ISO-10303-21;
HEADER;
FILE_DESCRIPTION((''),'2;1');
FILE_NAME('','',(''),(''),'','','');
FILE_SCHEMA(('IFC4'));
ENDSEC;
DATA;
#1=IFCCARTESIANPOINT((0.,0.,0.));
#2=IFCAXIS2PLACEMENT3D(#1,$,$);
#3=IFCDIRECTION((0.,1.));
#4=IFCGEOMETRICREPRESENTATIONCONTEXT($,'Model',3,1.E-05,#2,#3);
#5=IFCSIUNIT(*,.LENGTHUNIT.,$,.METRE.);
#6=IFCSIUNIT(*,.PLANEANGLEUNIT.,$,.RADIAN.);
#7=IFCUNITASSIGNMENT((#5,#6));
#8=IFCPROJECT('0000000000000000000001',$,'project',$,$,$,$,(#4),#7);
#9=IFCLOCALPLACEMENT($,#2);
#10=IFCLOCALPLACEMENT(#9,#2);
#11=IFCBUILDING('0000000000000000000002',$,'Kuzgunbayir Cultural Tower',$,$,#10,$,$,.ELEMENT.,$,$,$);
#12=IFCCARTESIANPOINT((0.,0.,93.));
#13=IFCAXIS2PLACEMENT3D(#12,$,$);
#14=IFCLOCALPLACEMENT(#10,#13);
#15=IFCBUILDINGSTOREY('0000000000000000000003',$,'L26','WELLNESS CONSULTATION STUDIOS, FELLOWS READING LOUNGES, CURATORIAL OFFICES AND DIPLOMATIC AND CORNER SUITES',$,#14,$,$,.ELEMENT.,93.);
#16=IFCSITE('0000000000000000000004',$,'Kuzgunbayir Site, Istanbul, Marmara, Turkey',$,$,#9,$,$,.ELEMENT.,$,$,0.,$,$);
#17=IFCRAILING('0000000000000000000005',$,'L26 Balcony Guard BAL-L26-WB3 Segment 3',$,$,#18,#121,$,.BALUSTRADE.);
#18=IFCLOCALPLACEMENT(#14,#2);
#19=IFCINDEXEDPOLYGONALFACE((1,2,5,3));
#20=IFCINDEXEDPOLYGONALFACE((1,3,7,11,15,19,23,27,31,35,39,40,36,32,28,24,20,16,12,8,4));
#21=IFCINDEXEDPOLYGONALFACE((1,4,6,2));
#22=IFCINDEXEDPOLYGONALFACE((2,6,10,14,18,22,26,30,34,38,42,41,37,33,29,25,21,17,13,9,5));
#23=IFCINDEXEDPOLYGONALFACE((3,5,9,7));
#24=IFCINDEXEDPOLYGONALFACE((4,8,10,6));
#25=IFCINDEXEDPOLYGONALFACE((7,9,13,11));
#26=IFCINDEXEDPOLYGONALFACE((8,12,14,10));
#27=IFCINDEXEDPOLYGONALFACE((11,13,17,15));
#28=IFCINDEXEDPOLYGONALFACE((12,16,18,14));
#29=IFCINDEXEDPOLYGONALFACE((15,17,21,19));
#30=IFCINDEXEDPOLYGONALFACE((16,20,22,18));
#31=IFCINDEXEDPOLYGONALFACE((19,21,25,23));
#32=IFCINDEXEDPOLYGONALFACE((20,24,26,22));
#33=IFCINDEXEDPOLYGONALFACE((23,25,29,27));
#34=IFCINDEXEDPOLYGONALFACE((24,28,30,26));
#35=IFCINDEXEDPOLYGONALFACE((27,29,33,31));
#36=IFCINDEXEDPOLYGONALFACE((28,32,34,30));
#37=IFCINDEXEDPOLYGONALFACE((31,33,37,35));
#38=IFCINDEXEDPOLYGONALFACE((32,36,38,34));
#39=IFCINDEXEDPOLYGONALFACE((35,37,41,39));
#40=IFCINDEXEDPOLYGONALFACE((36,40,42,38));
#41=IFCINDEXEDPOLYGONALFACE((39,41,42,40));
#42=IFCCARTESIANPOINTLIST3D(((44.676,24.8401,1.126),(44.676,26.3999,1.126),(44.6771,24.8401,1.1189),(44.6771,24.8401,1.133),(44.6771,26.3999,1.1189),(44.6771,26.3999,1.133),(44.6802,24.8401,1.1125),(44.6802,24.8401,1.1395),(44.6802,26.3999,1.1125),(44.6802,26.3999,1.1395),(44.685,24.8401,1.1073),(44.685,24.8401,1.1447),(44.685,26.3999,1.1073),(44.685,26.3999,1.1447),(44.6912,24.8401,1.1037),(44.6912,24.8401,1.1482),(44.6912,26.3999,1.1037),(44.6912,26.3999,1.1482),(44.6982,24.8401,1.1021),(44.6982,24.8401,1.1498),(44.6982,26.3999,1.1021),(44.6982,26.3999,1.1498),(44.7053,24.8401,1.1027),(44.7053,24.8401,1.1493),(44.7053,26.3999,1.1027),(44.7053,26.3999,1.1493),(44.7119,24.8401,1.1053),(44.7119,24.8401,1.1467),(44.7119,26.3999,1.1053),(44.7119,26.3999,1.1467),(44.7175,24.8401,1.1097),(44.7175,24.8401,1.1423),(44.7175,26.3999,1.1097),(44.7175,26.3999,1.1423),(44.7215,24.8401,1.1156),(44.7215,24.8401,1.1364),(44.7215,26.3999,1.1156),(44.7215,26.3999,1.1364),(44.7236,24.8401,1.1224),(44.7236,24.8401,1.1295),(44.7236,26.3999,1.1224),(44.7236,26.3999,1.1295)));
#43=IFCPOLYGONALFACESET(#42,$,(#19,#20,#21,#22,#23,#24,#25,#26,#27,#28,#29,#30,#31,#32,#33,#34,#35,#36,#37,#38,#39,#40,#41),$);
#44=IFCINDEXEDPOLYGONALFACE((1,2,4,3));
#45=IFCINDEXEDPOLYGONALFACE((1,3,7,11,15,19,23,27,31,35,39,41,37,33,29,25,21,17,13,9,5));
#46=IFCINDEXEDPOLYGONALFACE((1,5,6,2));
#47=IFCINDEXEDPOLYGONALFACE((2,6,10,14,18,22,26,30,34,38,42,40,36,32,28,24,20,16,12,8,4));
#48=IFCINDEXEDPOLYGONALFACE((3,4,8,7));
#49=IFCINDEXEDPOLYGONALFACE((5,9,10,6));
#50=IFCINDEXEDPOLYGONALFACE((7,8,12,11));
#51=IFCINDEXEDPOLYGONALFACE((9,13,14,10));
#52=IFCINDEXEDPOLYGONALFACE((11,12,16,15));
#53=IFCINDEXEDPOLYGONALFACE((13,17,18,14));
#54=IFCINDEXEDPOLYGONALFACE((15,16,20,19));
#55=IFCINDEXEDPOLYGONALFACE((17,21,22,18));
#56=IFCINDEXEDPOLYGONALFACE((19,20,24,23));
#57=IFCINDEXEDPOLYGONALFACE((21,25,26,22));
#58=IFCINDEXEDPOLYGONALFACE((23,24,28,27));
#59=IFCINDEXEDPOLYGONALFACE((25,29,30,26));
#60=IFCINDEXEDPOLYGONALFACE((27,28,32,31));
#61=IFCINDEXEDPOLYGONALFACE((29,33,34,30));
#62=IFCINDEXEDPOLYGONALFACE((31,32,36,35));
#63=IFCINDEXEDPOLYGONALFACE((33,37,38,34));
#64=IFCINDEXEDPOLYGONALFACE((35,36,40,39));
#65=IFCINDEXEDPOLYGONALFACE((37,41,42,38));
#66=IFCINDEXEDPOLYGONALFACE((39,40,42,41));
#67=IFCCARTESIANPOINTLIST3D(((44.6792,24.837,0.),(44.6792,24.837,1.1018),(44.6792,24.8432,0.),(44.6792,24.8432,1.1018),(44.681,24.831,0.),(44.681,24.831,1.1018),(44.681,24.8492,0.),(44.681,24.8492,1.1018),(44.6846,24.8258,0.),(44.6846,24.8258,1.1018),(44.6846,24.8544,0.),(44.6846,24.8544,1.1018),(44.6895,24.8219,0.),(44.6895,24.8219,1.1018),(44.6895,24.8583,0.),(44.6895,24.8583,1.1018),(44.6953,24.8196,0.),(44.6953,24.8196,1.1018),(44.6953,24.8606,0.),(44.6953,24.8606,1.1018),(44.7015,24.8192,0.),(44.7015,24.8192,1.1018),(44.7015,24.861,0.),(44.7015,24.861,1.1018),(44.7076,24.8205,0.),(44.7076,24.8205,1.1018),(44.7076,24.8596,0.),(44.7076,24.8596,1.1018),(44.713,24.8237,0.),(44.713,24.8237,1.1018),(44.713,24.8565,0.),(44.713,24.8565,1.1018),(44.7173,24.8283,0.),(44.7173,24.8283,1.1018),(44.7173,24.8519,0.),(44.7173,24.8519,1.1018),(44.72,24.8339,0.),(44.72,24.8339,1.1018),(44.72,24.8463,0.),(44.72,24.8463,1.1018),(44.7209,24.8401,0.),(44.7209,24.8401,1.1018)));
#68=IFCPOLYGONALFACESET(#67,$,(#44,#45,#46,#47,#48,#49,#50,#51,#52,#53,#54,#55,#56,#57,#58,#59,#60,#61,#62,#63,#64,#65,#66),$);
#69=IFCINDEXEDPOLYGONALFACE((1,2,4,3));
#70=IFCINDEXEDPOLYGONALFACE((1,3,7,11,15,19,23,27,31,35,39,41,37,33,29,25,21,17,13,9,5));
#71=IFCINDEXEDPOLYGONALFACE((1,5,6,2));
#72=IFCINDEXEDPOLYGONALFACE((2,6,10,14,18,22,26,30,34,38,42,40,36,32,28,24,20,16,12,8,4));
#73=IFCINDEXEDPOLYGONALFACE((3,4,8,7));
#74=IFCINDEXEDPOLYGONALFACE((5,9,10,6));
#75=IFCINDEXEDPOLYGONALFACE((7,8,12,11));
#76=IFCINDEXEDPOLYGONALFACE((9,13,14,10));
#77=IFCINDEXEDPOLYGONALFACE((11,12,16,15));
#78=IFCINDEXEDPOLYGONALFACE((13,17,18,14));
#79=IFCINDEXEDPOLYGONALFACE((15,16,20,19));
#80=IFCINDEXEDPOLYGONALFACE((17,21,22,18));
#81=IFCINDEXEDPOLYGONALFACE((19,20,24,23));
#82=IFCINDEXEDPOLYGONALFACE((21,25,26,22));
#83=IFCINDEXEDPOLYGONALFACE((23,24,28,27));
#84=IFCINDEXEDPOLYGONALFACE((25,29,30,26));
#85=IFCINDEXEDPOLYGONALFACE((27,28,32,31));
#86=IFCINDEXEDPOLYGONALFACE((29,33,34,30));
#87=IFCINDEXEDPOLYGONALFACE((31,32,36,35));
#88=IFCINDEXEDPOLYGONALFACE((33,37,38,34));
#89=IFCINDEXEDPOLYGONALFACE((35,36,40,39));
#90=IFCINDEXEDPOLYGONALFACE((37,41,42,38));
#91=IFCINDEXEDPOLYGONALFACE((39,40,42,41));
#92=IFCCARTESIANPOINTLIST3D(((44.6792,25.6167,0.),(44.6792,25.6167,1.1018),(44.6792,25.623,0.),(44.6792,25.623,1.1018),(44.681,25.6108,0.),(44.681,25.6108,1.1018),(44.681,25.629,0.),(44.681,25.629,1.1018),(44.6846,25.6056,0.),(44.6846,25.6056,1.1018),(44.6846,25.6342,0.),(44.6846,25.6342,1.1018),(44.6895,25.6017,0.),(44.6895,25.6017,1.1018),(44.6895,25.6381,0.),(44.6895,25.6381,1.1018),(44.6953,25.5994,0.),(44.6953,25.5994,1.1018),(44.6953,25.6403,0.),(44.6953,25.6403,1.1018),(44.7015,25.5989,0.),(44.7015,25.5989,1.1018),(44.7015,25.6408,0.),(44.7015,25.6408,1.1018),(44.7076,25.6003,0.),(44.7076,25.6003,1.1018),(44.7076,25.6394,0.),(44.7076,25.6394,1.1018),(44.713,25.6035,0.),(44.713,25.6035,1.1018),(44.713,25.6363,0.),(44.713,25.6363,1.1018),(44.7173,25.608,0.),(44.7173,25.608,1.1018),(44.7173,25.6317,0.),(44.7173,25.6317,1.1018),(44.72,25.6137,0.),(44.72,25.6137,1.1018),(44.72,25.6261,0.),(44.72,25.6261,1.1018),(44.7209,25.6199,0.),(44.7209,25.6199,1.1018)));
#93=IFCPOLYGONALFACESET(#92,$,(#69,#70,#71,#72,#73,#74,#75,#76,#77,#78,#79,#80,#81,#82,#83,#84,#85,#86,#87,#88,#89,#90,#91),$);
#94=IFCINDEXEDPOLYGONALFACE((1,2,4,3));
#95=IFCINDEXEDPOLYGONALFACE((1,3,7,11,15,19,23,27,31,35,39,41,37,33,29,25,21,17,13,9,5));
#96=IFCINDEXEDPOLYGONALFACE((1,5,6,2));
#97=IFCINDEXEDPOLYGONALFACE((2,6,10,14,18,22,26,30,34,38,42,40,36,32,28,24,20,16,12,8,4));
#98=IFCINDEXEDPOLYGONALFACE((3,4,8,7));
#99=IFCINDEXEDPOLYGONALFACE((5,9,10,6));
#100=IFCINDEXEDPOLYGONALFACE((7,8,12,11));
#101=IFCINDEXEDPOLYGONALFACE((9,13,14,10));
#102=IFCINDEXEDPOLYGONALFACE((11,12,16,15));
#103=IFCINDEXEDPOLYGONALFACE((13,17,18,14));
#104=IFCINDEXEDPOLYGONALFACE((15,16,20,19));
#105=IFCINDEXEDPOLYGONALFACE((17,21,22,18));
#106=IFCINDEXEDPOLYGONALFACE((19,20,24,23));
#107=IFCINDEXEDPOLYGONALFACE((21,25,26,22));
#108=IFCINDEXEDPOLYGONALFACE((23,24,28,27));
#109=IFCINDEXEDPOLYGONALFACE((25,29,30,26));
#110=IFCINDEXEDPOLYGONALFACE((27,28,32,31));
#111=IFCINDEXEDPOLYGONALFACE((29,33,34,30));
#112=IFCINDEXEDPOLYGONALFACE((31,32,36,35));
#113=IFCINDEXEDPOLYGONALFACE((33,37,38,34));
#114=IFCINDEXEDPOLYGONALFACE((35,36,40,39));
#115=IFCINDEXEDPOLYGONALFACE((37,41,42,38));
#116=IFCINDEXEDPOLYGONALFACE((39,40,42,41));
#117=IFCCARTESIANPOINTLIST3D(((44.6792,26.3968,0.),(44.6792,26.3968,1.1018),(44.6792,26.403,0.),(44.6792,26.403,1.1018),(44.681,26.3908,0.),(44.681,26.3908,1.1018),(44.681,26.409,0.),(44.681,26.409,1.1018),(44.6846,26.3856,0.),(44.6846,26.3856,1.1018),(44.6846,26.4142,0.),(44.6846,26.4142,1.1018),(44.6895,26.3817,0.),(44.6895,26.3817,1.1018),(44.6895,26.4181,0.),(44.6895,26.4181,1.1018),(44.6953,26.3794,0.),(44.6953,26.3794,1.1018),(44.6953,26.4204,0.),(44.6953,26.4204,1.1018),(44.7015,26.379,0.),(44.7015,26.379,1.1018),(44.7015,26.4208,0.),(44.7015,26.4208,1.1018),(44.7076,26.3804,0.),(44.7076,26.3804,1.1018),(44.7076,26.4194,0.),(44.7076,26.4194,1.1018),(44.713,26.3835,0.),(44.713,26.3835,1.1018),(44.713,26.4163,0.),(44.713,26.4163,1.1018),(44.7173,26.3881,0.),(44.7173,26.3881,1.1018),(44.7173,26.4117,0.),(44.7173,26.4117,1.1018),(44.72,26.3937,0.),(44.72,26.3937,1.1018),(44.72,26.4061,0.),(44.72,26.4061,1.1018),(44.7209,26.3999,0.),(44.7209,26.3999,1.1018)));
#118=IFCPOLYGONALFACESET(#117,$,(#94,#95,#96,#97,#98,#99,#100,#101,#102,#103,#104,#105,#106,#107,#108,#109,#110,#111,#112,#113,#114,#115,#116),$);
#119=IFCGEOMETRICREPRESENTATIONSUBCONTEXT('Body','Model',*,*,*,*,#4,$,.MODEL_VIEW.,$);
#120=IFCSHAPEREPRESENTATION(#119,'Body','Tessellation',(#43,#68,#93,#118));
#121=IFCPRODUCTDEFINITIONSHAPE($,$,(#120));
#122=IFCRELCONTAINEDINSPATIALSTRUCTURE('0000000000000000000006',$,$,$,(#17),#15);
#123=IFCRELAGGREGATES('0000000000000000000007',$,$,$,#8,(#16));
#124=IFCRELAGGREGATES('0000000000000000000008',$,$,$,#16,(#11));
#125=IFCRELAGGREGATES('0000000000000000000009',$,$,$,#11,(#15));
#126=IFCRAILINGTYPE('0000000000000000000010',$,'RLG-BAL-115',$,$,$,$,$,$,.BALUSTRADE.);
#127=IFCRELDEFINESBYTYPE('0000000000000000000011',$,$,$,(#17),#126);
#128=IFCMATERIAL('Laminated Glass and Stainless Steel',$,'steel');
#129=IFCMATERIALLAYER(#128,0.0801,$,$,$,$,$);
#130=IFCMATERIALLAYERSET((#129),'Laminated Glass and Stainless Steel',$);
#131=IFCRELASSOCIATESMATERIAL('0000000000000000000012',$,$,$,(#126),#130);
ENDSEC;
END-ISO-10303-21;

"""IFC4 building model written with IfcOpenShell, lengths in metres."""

from ifc_helpers import new_model, si_unit, direction, frame, origin, origin_2d, place, context, subcontext, project, spatial, circle, extrude, material, layer, layer_set, type_object, element, save


model = new_model("IFC4")

# Units and contexts
model_context = context("Model", 3, precision=1e-05, world=origin(), true_north=direction((0.0, 1.0)))
body_context = subcontext(model_context, "Body", "Model", "MODEL_VIEW")
ifc_project = project(units=[si_unit("LENGTHUNIT", "METRE"), si_unit("PLANEANGLEUNIT", "RADIAN")], contexts=[model_context])

# Site, building, storey
site_placement = place(None, origin())
site = spatial("IfcSite", under=ifc_project, at=site_placement, Name="Kuzgunbayir Site, Istanbul, Marmara, Turkey", CompositionType="ELEMENT", RefElevation=0.0)
building_placement = place(site_placement, origin())
building = spatial("IfcBuilding", under=site, at=building_placement, Name="Kuzgunbayir Cultural Tower", CompositionType="ELEMENT")
storey_placement = place(building_placement, frame((0.0, 0.0, 93.0)))
storey = spatial("IfcBuildingStorey", under=building, at=storey_placement, Name="L26", Description="WELLNESS CONSULTATION STUDIOS, FELLOWS READING LOUNGES, CURATORIAL OFFICES AND DIPLOMATIC AND CORNER SUITES", CompositionType="ELEMENT", Elevation=93.0)

# Railing
ifc_material_1 = material(Name="Laminated Glass and Stainless Steel", Category="steel")
ifc_layer_1 = layer(ifc_material_1, 0.0801)
ifc_layer_set_1 = layer_set([ifc_layer_1], Name="Laminated Glass and Stainless Steel")
railing_type = type_object("IfcRailingType", Name="RLG-BAL-115", PredefinedType="BALUSTRADE", material=ifc_layer_set_1)
railing_1_placement = place(storey_placement, frame((44.7, 24.8401, 0.0)))
element("IfcRailing", 1, at=railing_1_placement, inside=storey, type_object=railing_type, Name="L26 Balcony Guard BAL-L26-WB3 Segment 3", PredefinedType="BALUSTRADE", context=body_context, shape_type="SweptSolid", body=[
    extrude(circle(Radius=0.0239, at=origin_2d()), frame((0.0, 0.0, 1.126), z_axis=(0.0, 1.0, 0.0), x_axis=(-1.0, 0.0, 0.0)), (0.0, 0.0, 1.0), 1.5598),
    extrude(circle(Radius=0.021, at=origin_2d()), origin(), (0.0, 0.0, 1.0), 1.1018),
    extrude(circle(Radius=0.021, at=origin_2d()), frame((0.0, 0.7798, 0.0)), (0.0, 0.0, 1.0), 1.1018),
    extrude(circle(Radius=0.021, at=origin_2d()), frame((0.0, 1.5598, 0.0)), (0.0, 0.0, 1.0), 1.1018),
])

save(model, "model.ifc")
